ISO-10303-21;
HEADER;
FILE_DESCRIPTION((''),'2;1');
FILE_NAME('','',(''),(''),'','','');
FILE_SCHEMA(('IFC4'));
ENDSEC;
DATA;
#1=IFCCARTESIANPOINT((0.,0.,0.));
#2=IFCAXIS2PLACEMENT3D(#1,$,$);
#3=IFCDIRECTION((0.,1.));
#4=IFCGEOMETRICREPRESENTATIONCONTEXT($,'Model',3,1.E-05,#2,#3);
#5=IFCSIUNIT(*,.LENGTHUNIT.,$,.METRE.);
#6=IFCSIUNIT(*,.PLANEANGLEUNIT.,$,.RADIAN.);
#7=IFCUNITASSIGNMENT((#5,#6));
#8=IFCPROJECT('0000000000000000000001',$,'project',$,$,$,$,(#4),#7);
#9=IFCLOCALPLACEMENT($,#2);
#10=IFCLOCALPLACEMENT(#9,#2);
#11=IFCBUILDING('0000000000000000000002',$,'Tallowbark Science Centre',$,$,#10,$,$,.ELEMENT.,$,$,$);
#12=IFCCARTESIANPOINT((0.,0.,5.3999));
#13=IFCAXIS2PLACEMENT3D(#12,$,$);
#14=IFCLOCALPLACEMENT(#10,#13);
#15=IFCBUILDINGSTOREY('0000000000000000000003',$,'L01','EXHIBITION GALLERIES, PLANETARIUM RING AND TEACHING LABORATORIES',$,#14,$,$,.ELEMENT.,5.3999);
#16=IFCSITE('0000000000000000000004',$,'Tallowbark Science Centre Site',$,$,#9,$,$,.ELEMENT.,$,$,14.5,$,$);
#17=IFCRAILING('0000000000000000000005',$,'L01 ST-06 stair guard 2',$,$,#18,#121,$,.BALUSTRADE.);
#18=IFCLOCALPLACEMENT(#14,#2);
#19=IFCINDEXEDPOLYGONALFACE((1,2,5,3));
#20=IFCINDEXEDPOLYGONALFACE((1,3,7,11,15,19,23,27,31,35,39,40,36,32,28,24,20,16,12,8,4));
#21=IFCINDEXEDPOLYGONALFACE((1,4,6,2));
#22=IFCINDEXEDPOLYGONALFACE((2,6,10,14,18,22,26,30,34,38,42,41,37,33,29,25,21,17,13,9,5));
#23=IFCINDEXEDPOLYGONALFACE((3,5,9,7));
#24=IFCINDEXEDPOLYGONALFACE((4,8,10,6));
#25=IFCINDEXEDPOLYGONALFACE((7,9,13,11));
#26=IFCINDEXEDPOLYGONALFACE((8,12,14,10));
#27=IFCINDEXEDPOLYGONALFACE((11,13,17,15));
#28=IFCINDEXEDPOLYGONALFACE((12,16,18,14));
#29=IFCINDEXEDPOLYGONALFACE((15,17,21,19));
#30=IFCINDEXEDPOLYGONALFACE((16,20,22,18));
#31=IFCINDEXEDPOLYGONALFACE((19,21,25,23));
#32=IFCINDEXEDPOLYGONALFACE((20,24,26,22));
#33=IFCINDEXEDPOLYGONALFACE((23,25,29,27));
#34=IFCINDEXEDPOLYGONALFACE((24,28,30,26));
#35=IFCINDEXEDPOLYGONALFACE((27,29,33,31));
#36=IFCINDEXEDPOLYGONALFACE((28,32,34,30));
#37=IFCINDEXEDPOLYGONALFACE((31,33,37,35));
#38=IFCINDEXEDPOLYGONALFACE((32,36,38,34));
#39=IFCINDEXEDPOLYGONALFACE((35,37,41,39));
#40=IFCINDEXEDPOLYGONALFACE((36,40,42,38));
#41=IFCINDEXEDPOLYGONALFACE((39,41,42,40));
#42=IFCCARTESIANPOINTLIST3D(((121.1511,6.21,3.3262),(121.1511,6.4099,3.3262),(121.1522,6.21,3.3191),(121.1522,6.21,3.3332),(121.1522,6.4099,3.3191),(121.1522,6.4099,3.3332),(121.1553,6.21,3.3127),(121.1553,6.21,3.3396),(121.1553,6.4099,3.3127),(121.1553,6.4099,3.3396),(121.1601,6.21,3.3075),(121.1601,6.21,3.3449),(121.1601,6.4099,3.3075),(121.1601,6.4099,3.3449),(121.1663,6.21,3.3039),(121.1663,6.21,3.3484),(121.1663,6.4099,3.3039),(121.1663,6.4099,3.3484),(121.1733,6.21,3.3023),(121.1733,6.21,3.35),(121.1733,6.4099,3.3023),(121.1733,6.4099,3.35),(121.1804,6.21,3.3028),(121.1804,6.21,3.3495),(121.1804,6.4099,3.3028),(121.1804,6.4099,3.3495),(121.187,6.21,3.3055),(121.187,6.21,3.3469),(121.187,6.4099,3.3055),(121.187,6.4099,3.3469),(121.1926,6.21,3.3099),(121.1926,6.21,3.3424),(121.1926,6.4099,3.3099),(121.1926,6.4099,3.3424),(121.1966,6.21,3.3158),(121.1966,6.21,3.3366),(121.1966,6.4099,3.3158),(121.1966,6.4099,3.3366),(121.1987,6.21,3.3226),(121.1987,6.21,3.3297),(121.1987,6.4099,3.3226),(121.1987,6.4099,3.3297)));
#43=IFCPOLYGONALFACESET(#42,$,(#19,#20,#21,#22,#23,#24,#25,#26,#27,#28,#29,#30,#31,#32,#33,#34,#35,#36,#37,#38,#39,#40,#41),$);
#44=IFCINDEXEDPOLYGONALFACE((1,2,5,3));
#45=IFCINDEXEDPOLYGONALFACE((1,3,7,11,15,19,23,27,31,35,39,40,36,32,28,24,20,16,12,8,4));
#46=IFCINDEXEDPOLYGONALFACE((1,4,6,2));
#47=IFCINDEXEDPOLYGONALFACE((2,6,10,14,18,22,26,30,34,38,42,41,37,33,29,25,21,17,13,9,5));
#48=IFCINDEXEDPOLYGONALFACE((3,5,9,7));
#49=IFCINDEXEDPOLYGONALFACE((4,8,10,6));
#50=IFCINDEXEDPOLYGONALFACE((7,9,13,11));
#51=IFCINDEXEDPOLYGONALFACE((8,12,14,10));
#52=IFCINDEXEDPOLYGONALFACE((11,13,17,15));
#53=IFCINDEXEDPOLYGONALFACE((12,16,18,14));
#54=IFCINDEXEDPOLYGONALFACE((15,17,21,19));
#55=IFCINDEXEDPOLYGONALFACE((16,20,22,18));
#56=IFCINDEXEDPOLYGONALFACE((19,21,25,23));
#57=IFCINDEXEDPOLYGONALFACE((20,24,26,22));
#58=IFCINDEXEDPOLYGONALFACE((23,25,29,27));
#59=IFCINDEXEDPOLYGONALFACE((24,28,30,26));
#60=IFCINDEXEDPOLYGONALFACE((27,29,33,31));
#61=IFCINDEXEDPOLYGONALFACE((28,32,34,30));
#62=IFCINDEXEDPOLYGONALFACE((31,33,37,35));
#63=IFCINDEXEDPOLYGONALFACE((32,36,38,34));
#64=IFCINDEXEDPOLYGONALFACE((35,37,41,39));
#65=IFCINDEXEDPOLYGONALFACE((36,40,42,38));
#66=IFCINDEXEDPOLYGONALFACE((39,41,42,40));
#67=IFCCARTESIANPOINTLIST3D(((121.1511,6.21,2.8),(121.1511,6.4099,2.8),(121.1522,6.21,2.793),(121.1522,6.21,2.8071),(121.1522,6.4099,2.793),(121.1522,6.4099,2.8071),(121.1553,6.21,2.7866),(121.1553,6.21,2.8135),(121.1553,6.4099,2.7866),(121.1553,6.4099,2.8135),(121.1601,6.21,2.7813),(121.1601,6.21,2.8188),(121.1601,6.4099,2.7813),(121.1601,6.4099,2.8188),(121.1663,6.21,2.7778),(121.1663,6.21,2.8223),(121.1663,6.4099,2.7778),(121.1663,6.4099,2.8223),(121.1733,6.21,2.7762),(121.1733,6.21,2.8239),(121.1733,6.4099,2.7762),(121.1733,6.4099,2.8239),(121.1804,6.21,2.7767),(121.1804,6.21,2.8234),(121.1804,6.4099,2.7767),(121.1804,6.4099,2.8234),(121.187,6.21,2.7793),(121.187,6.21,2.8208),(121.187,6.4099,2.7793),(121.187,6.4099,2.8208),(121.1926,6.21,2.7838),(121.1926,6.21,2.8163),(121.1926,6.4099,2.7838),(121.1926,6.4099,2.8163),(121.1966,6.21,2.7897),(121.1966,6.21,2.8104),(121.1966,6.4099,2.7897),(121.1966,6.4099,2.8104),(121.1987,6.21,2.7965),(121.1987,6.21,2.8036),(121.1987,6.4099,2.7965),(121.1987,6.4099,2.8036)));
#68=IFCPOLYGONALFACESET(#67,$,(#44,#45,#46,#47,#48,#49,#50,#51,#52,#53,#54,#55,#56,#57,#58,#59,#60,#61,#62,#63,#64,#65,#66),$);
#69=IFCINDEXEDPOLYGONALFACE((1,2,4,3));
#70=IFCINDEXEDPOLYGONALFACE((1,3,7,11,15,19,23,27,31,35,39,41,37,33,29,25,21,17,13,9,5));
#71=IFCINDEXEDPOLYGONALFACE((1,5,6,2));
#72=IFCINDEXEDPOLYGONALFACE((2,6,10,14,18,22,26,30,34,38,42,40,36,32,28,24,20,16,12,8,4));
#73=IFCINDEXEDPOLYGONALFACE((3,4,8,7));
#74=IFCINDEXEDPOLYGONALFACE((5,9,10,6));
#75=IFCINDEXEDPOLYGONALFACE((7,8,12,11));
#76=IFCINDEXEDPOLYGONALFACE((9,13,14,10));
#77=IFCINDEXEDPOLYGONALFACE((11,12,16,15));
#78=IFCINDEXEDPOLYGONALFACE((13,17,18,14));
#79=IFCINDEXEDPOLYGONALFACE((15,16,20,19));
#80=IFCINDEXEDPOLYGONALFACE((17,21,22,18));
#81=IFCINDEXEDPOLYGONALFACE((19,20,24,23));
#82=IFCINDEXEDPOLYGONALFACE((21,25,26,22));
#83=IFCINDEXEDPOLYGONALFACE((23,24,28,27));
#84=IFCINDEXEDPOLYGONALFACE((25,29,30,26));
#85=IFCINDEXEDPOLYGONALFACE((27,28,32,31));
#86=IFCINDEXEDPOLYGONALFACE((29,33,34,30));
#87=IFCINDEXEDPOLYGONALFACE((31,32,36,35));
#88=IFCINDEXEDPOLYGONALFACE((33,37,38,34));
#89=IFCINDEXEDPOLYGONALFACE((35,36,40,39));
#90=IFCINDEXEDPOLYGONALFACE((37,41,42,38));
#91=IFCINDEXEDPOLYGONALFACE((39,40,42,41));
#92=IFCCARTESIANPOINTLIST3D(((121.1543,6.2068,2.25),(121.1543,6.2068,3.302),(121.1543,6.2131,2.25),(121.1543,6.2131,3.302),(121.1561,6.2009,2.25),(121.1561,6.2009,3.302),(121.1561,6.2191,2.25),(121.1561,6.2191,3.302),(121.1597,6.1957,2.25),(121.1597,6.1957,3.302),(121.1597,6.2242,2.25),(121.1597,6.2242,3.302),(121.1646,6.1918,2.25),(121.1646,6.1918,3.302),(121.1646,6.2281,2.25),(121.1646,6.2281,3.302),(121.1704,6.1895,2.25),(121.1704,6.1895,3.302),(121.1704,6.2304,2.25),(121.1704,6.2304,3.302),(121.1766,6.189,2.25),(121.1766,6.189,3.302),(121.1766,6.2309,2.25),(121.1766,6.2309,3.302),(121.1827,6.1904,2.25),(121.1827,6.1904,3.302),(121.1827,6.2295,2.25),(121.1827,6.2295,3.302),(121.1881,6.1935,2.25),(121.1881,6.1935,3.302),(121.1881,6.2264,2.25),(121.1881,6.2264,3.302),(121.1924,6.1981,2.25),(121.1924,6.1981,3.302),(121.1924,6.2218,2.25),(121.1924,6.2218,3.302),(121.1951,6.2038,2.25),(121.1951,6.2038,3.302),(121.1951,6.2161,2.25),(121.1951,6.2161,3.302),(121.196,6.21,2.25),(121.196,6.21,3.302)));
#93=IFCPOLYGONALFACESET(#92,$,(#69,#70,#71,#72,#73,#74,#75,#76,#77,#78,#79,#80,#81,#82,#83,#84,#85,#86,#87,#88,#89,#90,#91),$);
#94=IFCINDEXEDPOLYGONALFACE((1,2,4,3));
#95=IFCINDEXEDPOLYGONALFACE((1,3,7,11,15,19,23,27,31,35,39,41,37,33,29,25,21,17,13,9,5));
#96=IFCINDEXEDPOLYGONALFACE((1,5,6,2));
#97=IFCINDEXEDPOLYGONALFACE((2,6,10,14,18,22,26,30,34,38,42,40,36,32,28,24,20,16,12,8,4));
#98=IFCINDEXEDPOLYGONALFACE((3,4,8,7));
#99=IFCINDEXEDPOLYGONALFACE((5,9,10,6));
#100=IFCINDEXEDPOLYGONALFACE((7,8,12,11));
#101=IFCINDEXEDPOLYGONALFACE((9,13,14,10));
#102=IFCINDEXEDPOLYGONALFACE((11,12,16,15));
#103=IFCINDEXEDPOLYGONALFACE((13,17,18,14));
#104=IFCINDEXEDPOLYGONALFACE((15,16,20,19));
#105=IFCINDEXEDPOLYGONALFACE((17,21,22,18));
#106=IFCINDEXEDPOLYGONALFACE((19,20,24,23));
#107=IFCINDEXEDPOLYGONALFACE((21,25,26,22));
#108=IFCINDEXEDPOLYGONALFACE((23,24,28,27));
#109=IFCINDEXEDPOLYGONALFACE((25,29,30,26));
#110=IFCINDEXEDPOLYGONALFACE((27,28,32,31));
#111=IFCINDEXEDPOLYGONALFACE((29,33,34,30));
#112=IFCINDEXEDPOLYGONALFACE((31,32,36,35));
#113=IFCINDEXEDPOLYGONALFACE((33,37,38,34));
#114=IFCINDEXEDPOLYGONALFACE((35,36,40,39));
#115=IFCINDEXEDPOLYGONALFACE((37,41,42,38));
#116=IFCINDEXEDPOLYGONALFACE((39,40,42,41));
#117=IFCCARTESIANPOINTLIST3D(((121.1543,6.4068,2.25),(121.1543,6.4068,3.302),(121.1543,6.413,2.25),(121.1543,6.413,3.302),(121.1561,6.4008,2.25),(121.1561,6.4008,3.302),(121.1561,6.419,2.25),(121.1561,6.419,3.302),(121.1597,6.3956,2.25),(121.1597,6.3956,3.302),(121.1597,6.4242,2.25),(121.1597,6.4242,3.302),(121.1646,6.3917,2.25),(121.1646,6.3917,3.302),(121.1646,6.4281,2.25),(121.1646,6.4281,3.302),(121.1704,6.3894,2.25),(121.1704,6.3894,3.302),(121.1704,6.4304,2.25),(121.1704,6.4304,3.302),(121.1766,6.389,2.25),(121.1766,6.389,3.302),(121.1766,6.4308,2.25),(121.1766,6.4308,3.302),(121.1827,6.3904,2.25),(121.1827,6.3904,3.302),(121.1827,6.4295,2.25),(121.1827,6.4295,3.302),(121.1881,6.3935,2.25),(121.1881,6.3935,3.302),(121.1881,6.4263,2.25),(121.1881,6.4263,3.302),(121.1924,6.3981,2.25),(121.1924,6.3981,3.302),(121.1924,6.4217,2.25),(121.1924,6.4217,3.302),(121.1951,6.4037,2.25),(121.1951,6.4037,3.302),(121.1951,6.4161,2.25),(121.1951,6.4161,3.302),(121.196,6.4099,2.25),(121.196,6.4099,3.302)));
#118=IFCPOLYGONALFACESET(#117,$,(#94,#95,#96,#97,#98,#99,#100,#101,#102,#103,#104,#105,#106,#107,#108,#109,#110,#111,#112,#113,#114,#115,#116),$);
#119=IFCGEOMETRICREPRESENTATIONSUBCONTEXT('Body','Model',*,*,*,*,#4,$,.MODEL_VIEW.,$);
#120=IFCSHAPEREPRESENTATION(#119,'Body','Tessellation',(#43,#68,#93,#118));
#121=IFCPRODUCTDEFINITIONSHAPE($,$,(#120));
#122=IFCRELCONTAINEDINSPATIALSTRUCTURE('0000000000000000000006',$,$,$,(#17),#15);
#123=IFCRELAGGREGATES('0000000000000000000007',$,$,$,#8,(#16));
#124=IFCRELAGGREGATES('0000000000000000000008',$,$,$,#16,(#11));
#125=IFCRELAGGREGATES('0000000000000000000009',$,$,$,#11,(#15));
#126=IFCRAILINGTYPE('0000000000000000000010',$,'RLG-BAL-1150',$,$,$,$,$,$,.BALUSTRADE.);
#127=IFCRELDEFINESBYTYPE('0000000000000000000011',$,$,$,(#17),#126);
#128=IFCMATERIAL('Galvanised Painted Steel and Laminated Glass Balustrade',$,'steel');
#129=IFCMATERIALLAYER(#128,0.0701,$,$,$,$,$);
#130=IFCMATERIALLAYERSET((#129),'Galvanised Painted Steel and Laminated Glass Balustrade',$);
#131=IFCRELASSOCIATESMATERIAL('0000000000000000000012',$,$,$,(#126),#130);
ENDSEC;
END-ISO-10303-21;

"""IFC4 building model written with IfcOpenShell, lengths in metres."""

from ifc_helpers import new_model, si_unit, direction, frame, origin, origin_2d, place, context, subcontext, project, spatial, circle, extrude, material, layer, layer_set, type_object, element, save


model = new_model("IFC4")

# Units and contexts
model_context = context("Model", 3, precision=1e-05, world=origin(), true_north=direction((0.0, 1.0)))
body_context = subcontext(model_context, "Body", "Model", "MODEL_VIEW")
ifc_project = project(units=[si_unit("LENGTHUNIT", "METRE"), si_unit("PLANEANGLEUNIT", "RADIAN")], contexts=[model_context])

# Site, building, storey
site_placement = place(None, origin())
site = spatial("IfcSite", under=ifc_project, at=site_placement, Name="Tallowbark Science Centre Site", CompositionType="ELEMENT", RefElevation=14.5)
building_placement = place(site_placement, origin())
building = spatial("IfcBuilding", under=site, at=building_placement, Name="Tallowbark Science Centre", CompositionType="ELEMENT")
storey_placement = place(building_placement, frame((0.0, 0.0, 5.3999)))
storey = spatial("IfcBuildingStorey", under=building, at=storey_placement, Name="L01", Description="EXHIBITION GALLERIES, PLANETARIUM RING AND TEACHING LABORATORIES", CompositionType="ELEMENT", Elevation=5.3999)

# Railing
ifc_material_1 = material(Name="Galvanised Painted Steel and Laminated Glass Balustrade", Category="steel")
ifc_layer_1 = layer(ifc_material_1, 0.0701)
ifc_layer_set_1 = layer_set([ifc_layer_1], Name="Galvanised Painted Steel and Laminated Glass Balustrade")
railing_type_1 = type_object("IfcRailingType", Name="RLG-BAL-1150", PredefinedType="BALUSTRADE", material=ifc_layer_set_1)
railing_1_placement = place(storey_placement, frame((121.175, 6.21, 2.25)))
element("IfcRailing", 1, at=railing_1_placement, inside=storey, type_object=railing_type_1, Name="L01 ST-06 stair guard 2", PredefinedType="BALUSTRADE", context=body_context, shape_type="SweptSolid", body=[
    extrude(circle(Radius=0.0239, at=origin_2d()), frame((0.0, 0.0, 1.0762), z_axis=(0.0, 1.0, 0.0), x_axis=(-1.0, 0.0, 0.0)), (0.0, 0.0, 1.0), 0.2),
    extrude(circle(Radius=0.0239, at=origin_2d()), frame((0.0, 0.0, 0.55), z_axis=(0.0, 1.0, 0.0), x_axis=(-1.0, 0.0, 0.0)), (0.0, 0.0, 1.0), 0.2),
    extrude(circle(Radius=0.021, at=origin_2d()), origin(), (0.0, 0.0, 1.0), 1.052),
    extrude(circle(Radius=0.021, at=origin_2d()), frame((0.0, 0.2, 0.0)), (0.0, 0.0, 1.0), 1.052),
])

save(model, "model.ifc")
